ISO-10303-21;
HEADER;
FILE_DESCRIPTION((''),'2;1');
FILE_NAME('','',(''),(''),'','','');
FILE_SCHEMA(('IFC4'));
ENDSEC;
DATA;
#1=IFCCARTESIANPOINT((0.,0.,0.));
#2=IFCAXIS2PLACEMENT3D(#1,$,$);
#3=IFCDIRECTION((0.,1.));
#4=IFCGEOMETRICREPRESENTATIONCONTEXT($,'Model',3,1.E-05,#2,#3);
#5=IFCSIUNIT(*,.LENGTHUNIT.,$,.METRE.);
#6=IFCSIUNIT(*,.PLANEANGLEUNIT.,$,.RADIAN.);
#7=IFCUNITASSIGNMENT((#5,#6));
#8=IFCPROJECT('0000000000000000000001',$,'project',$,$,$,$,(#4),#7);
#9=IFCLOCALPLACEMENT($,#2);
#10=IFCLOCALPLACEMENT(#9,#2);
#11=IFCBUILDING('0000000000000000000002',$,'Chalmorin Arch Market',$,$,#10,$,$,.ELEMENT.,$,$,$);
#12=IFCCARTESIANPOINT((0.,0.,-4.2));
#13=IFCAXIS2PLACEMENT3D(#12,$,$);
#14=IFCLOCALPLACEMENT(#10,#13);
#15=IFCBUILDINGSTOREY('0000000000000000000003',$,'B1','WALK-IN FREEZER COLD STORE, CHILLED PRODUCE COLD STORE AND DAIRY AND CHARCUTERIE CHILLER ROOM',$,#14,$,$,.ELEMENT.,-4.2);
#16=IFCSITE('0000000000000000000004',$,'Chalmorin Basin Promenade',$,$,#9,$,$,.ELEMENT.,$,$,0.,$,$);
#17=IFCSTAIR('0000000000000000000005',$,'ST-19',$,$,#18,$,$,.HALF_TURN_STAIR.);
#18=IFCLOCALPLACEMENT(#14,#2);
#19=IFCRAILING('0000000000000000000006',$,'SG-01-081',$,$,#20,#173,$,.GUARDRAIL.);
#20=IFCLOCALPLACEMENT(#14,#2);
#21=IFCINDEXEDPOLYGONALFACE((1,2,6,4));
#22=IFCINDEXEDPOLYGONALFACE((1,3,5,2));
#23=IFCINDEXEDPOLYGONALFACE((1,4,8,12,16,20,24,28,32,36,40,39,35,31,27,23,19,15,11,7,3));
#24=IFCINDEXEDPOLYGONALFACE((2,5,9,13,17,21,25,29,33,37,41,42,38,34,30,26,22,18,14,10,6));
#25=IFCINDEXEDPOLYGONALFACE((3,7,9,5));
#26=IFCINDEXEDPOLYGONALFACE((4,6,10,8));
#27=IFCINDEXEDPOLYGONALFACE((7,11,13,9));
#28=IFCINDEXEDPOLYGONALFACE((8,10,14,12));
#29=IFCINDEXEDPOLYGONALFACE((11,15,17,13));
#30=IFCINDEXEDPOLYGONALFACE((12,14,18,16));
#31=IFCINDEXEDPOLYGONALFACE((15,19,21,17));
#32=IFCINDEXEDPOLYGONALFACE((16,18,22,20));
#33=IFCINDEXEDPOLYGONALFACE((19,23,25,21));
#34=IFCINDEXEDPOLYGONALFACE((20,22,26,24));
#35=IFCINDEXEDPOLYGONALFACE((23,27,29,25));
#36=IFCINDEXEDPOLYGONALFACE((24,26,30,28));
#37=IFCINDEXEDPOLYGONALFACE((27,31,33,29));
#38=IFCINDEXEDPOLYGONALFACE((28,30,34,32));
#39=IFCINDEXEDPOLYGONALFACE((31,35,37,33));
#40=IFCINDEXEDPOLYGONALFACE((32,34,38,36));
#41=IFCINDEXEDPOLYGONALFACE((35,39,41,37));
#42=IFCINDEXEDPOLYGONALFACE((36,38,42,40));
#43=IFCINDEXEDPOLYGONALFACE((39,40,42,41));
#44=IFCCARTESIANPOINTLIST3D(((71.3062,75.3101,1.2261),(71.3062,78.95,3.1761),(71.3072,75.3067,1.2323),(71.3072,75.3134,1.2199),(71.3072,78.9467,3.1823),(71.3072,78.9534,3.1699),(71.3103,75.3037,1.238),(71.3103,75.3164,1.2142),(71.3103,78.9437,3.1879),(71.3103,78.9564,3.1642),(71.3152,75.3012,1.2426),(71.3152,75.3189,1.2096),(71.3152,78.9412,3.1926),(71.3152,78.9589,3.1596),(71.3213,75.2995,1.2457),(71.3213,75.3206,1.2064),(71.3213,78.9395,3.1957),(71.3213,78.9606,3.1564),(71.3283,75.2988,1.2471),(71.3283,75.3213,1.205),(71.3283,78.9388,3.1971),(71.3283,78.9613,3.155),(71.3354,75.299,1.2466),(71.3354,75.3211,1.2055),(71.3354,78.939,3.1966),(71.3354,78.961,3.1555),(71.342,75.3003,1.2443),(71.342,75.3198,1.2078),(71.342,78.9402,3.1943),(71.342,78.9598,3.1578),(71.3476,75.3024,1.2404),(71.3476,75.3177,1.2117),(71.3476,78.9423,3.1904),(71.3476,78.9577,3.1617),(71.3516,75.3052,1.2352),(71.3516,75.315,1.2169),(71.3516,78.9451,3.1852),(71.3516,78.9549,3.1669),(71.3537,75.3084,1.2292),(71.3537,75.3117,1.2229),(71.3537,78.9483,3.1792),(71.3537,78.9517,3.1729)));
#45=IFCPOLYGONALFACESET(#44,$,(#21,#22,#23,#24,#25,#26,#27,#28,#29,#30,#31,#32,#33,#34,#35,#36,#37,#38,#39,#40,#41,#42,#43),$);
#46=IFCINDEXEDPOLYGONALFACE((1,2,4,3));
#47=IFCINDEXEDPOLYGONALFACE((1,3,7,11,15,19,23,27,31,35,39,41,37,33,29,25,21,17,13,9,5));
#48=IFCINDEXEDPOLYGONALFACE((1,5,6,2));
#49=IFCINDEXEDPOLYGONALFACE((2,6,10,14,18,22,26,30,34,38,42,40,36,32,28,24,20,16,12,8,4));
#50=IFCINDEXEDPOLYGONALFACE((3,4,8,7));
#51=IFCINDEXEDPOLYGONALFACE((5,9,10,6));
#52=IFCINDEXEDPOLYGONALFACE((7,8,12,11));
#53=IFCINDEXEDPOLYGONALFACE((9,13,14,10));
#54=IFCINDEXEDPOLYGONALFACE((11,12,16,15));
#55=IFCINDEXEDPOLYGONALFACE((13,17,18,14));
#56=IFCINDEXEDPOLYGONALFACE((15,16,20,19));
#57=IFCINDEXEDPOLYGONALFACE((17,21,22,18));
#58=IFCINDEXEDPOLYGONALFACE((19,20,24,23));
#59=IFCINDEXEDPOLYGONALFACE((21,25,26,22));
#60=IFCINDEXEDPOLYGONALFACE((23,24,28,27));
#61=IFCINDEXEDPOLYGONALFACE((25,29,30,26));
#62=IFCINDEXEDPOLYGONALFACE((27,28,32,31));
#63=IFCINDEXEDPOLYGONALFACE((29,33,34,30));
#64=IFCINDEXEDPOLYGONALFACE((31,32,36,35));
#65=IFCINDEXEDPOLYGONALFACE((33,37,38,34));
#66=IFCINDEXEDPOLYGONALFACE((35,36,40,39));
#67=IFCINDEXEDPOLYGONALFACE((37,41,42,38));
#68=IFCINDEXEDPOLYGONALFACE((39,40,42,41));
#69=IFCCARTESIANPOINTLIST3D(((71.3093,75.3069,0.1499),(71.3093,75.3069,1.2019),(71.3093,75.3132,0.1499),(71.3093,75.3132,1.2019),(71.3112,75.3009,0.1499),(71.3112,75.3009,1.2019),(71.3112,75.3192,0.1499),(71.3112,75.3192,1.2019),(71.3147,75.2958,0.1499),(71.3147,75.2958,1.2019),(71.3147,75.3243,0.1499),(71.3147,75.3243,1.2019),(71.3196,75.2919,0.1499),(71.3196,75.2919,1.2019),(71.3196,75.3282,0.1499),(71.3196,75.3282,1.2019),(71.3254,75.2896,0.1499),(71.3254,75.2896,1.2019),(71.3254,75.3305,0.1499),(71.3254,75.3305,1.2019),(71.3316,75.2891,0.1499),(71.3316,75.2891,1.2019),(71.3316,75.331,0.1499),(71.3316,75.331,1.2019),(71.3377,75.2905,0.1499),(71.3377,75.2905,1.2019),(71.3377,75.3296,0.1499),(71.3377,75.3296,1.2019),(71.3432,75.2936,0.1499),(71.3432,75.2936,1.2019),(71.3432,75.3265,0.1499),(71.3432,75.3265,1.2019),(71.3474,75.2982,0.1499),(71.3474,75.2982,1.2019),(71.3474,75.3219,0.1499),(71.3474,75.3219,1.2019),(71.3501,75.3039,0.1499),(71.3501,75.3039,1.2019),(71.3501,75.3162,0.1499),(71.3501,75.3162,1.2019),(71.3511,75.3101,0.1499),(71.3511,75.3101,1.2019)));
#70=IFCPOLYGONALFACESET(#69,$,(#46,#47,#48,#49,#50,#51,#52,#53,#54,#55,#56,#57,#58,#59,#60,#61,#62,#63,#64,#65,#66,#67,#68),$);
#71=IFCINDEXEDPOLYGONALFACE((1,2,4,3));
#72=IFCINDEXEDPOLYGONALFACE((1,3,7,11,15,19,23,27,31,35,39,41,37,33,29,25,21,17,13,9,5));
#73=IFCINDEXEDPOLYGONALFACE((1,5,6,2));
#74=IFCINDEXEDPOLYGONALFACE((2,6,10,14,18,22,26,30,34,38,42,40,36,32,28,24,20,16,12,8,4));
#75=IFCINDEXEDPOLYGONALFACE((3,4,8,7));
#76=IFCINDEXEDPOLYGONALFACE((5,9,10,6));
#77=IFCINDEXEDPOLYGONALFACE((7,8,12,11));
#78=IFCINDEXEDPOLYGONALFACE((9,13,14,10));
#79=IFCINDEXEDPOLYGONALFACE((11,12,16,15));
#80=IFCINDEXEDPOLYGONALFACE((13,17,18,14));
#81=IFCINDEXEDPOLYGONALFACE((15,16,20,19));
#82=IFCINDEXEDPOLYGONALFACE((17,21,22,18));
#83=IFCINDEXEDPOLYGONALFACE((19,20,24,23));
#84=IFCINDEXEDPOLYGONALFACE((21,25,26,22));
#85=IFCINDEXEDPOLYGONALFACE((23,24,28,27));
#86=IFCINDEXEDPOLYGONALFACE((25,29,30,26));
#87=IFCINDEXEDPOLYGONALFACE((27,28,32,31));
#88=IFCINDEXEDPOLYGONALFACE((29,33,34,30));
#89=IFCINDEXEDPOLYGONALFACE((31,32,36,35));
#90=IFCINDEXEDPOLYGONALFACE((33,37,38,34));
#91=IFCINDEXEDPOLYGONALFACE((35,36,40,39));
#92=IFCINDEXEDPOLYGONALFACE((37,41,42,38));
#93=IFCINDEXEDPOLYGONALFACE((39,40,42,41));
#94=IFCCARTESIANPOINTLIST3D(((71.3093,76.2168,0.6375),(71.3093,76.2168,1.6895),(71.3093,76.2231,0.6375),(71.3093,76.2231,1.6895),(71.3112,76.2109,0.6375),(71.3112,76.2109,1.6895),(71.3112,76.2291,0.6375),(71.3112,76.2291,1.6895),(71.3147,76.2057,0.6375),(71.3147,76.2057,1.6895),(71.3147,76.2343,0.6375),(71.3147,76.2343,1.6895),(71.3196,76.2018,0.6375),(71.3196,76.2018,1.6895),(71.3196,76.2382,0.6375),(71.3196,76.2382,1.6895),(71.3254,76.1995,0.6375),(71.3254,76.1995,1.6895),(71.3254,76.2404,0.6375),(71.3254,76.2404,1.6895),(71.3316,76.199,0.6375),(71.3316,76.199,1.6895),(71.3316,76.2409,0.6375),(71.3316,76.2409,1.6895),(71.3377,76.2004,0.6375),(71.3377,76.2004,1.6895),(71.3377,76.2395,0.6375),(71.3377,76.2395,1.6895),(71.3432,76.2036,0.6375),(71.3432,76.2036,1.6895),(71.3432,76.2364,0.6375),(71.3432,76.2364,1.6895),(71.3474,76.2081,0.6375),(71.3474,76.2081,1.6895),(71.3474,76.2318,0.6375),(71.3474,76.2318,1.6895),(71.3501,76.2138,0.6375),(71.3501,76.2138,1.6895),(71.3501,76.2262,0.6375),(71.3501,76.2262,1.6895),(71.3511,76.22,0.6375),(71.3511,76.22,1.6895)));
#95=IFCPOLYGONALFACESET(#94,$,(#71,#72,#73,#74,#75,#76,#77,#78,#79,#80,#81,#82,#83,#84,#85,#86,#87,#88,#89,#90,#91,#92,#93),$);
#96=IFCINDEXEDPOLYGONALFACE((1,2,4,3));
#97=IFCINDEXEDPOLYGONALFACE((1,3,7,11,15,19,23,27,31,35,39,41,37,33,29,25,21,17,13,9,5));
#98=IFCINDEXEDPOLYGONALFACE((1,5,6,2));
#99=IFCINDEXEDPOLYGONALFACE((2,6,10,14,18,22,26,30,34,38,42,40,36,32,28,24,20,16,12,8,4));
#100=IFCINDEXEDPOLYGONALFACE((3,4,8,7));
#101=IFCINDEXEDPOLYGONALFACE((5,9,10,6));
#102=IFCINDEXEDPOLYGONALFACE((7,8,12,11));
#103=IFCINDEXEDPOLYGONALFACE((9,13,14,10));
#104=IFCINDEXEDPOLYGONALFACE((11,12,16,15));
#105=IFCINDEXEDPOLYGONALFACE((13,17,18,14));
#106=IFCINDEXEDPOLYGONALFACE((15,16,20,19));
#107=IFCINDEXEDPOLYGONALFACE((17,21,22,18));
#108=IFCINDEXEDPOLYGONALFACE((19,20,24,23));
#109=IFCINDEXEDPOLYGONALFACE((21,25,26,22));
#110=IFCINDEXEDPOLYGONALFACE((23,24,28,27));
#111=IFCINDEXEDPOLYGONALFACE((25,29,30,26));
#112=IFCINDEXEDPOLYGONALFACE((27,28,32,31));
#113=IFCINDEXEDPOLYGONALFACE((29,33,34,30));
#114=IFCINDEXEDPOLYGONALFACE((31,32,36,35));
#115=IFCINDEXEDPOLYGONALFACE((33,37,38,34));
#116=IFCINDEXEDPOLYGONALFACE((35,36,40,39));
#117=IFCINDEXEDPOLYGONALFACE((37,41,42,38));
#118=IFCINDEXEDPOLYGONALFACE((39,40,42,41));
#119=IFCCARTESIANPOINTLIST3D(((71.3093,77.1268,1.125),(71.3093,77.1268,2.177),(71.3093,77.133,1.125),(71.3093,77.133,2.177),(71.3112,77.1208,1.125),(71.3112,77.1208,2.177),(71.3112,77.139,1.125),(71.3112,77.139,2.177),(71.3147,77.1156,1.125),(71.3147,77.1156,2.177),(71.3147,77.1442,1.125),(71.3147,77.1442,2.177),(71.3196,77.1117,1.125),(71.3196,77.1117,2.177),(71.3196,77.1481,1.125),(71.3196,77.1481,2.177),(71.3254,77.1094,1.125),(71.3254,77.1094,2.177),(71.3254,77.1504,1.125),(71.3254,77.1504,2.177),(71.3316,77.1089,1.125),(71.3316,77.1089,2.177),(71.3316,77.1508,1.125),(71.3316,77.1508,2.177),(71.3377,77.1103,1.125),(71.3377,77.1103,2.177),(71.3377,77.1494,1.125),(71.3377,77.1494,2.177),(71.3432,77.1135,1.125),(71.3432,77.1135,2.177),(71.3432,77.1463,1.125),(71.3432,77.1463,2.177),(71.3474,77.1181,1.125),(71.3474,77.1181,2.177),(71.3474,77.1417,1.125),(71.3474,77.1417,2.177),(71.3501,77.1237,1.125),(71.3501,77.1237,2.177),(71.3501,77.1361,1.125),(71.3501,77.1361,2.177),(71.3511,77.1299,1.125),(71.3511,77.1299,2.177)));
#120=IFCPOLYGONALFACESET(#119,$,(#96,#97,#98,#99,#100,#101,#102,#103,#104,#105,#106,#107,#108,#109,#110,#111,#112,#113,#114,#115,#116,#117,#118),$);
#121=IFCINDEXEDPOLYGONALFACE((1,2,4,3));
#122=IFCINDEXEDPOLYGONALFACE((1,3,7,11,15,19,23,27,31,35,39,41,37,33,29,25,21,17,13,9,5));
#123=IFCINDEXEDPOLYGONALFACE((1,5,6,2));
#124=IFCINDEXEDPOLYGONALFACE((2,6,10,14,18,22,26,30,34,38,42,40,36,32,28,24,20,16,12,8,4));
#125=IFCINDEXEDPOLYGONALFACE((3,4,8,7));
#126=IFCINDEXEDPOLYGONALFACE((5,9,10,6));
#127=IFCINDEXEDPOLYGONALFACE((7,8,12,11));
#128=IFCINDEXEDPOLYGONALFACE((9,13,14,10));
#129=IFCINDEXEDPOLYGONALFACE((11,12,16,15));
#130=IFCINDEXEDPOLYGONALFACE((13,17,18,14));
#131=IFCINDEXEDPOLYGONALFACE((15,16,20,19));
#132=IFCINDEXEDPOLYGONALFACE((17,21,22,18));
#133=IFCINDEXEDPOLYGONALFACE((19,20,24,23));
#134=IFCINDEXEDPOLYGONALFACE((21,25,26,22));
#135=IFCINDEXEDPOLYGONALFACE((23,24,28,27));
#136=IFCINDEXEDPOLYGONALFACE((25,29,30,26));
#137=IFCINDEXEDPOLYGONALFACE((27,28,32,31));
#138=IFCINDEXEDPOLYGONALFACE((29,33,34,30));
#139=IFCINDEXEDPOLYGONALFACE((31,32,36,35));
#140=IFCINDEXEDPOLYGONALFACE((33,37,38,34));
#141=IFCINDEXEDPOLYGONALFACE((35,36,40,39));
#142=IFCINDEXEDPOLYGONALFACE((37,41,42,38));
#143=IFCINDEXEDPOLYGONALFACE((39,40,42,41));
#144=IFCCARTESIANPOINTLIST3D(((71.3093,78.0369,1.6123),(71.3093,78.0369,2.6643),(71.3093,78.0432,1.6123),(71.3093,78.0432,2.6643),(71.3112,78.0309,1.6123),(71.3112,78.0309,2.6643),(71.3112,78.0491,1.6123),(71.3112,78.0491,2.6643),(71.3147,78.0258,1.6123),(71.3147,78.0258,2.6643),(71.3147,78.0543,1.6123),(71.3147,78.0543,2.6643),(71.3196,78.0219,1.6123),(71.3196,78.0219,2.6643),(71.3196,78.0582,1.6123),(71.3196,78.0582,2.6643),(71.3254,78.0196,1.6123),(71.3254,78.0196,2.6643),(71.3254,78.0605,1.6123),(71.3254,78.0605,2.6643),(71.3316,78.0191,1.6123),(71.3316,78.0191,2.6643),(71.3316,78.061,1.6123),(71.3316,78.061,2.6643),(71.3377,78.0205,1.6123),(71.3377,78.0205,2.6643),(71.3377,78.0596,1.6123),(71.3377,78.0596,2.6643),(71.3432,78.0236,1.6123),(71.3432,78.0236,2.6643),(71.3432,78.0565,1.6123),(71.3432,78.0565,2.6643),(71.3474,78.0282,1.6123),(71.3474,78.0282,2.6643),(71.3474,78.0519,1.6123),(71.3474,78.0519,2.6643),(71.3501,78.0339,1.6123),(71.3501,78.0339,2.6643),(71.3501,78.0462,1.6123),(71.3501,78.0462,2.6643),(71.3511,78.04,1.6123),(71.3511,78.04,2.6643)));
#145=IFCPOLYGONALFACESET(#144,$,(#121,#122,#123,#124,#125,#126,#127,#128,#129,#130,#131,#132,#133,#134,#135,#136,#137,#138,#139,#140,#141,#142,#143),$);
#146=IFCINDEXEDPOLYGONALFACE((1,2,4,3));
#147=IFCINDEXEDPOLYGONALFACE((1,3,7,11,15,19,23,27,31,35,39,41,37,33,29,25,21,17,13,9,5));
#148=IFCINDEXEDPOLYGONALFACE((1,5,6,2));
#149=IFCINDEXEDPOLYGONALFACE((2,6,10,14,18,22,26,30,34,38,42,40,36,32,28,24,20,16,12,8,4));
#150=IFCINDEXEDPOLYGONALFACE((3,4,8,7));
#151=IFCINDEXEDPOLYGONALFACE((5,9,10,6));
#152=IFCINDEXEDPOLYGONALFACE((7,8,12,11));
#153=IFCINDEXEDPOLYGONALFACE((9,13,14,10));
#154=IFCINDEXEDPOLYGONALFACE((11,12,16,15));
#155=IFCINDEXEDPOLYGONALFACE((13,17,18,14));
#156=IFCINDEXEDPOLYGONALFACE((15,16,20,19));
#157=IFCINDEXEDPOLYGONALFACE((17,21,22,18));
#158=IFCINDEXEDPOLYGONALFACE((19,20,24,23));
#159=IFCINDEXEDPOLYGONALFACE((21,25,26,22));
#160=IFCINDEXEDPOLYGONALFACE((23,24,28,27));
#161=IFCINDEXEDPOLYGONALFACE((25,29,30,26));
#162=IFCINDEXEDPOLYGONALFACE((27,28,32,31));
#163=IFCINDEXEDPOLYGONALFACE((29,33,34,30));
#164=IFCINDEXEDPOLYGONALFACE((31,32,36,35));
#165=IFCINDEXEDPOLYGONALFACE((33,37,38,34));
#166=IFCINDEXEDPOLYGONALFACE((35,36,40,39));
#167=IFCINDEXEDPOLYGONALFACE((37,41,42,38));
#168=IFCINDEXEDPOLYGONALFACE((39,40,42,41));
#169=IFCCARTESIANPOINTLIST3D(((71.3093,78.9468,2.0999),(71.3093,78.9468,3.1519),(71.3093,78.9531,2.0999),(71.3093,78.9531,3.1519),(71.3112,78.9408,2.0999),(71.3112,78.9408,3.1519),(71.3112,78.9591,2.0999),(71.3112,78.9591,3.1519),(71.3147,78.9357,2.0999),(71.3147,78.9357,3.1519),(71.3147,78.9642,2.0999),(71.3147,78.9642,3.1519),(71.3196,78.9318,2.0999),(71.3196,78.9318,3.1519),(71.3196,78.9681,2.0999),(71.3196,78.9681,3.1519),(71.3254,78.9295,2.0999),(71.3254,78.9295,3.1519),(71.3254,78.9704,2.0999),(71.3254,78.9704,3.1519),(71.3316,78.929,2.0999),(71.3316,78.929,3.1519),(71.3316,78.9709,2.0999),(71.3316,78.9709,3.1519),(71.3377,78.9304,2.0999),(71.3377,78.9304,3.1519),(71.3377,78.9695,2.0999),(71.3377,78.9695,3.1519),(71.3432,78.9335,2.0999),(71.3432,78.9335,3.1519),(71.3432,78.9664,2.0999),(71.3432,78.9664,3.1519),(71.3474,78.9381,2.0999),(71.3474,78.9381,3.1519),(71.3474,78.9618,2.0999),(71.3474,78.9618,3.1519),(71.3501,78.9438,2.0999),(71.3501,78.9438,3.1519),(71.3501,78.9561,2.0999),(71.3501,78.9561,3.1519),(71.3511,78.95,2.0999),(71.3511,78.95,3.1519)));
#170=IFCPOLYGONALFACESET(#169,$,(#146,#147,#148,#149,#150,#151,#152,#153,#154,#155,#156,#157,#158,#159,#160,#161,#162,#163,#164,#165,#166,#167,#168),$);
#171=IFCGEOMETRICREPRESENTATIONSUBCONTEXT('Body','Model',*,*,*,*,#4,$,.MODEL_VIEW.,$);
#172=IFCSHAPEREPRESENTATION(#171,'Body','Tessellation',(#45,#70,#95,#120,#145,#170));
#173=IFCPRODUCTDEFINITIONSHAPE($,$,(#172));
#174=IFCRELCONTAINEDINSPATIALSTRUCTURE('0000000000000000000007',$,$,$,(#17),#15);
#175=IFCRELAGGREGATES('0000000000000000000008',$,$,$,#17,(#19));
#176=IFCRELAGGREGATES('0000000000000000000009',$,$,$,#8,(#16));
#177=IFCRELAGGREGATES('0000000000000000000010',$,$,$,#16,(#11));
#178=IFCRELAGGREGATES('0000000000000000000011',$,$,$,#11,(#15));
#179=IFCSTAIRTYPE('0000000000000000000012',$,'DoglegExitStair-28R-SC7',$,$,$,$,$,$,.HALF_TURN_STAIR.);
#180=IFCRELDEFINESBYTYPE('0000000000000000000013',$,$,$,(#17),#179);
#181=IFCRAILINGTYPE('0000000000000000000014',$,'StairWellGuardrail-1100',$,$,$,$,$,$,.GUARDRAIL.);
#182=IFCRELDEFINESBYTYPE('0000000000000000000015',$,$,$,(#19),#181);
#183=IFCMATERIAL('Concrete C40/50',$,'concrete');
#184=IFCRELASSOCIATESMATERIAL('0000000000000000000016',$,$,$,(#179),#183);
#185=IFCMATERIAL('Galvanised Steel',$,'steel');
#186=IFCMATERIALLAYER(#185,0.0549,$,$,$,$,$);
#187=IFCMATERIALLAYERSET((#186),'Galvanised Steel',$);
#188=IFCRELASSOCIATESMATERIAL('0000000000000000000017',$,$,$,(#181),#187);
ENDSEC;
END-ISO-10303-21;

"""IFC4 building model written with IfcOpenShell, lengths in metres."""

from ifc_helpers import new_model, si_unit, direction, frame, origin, origin_2d, place, context, subcontext, project, spatial, circle, extrude, material, layer, layer_set, type_object, element, aggregate, save


model = new_model("IFC4")

# Units and contexts
model_context = context("Model", 3, precision=1e-05, world=origin(), true_north=direction((0.0, 1.0)))
body_context = subcontext(model_context, "Body", "Model", "MODEL_VIEW")
ifc_project = project(units=[si_unit("LENGTHUNIT", "METRE"), si_unit("PLANEANGLEUNIT", "RADIAN")], contexts=[model_context])

# Site, building, storey
site_placement = place(None, origin())
site = spatial("IfcSite", under=ifc_project, at=site_placement, Name="Chalmorin Basin Promenade", CompositionType="ELEMENT", RefElevation=0.0)
building_placement = place(site_placement, origin())
building = spatial("IfcBuilding", under=site, at=building_placement, Name="Chalmorin Arch Market", CompositionType="ELEMENT")
storey_placement = place(building_placement, frame((0.0, 0.0, -4.2)))
storey = spatial("IfcBuildingStorey", under=building, at=storey_placement, Name="B1", Description="WALK-IN FREEZER COLD STORE, CHILLED PRODUCE COLD STORE AND DAIRY AND CHARCUTERIE CHILLER ROOM", CompositionType="ELEMENT", Elevation=-4.2)

# Shared definitions
ifc_material_1 = material(Name="Concrete C40/50", Category="concrete")

# Shared definitions
ifc_material_2 = material(Name="Galvanised Steel", Category="steel")

# Stair, railing
stair_type = type_object("IfcStairType", Name="DoglegExitStair-28R-SC7", PredefinedType="HALF_TURN_STAIR", material=ifc_material_1)
stair_placement = place(storey_placement, origin())
stair = element("IfcStair", 1, at=stair_placement, inside=storey, type_object=stair_type, Name="ST-19", PredefinedType="HALF_TURN_STAIR")
ifc_layer_1 = layer(ifc_material_2, 0.0549)
ifc_layer_set_1 = layer_set([ifc_layer_1], Name="Galvanised Steel")
railing_type_1 = type_object("IfcRailingType", Name="StairWellGuardrail-1100", PredefinedType="GUARDRAIL", material=ifc_layer_set_1)
railing_1_placement = place(storey_placement, frame((71.3301, 75.3101, 0.1499)))
railing_1 = element("IfcRailing", 2, at=railing_1_placement, type_object=railing_type_1, Name="SG-01-081", PredefinedType="GUARDRAIL", context=body_context, shape_type="SweptSolid", body=[
    extrude(circle(Radius=0.0239, at=origin_2d()), frame((0.0, 0.0, 1.0762), z_axis=(0.0, 0.881479, 0.472223), x_axis=(-1.0, 0.0, 0.0)), (0.0, 0.0, 1.0), 4.1294),
    extrude(circle(Radius=0.021, at=origin_2d()), origin(), (0.0, 0.0, 1.0), 1.052),
    extrude(circle(Radius=0.021, at=origin_2d()), frame((0.0, 0.9099, 0.4875)), (0.0, 0.0, 1.0), 1.052),
    extrude(circle(Radius=0.021, at=origin_2d()), frame((0.0, 1.8198, 0.9751)), (0.0, 0.0, 1.0), 1.052),
    extrude(circle(Radius=0.021, at=origin_2d()), frame((0.0, 2.73, 1.4624)), (0.0, 0.0, 1.0), 1.052),
    extrude(circle(Radius=0.021, at=origin_2d()), frame((0.0, 3.6399, 1.95)), (0.0, 0.0, 1.0), 1.052),
])
aggregate(stair, [railing_1])

save(model, "model.ifc")
